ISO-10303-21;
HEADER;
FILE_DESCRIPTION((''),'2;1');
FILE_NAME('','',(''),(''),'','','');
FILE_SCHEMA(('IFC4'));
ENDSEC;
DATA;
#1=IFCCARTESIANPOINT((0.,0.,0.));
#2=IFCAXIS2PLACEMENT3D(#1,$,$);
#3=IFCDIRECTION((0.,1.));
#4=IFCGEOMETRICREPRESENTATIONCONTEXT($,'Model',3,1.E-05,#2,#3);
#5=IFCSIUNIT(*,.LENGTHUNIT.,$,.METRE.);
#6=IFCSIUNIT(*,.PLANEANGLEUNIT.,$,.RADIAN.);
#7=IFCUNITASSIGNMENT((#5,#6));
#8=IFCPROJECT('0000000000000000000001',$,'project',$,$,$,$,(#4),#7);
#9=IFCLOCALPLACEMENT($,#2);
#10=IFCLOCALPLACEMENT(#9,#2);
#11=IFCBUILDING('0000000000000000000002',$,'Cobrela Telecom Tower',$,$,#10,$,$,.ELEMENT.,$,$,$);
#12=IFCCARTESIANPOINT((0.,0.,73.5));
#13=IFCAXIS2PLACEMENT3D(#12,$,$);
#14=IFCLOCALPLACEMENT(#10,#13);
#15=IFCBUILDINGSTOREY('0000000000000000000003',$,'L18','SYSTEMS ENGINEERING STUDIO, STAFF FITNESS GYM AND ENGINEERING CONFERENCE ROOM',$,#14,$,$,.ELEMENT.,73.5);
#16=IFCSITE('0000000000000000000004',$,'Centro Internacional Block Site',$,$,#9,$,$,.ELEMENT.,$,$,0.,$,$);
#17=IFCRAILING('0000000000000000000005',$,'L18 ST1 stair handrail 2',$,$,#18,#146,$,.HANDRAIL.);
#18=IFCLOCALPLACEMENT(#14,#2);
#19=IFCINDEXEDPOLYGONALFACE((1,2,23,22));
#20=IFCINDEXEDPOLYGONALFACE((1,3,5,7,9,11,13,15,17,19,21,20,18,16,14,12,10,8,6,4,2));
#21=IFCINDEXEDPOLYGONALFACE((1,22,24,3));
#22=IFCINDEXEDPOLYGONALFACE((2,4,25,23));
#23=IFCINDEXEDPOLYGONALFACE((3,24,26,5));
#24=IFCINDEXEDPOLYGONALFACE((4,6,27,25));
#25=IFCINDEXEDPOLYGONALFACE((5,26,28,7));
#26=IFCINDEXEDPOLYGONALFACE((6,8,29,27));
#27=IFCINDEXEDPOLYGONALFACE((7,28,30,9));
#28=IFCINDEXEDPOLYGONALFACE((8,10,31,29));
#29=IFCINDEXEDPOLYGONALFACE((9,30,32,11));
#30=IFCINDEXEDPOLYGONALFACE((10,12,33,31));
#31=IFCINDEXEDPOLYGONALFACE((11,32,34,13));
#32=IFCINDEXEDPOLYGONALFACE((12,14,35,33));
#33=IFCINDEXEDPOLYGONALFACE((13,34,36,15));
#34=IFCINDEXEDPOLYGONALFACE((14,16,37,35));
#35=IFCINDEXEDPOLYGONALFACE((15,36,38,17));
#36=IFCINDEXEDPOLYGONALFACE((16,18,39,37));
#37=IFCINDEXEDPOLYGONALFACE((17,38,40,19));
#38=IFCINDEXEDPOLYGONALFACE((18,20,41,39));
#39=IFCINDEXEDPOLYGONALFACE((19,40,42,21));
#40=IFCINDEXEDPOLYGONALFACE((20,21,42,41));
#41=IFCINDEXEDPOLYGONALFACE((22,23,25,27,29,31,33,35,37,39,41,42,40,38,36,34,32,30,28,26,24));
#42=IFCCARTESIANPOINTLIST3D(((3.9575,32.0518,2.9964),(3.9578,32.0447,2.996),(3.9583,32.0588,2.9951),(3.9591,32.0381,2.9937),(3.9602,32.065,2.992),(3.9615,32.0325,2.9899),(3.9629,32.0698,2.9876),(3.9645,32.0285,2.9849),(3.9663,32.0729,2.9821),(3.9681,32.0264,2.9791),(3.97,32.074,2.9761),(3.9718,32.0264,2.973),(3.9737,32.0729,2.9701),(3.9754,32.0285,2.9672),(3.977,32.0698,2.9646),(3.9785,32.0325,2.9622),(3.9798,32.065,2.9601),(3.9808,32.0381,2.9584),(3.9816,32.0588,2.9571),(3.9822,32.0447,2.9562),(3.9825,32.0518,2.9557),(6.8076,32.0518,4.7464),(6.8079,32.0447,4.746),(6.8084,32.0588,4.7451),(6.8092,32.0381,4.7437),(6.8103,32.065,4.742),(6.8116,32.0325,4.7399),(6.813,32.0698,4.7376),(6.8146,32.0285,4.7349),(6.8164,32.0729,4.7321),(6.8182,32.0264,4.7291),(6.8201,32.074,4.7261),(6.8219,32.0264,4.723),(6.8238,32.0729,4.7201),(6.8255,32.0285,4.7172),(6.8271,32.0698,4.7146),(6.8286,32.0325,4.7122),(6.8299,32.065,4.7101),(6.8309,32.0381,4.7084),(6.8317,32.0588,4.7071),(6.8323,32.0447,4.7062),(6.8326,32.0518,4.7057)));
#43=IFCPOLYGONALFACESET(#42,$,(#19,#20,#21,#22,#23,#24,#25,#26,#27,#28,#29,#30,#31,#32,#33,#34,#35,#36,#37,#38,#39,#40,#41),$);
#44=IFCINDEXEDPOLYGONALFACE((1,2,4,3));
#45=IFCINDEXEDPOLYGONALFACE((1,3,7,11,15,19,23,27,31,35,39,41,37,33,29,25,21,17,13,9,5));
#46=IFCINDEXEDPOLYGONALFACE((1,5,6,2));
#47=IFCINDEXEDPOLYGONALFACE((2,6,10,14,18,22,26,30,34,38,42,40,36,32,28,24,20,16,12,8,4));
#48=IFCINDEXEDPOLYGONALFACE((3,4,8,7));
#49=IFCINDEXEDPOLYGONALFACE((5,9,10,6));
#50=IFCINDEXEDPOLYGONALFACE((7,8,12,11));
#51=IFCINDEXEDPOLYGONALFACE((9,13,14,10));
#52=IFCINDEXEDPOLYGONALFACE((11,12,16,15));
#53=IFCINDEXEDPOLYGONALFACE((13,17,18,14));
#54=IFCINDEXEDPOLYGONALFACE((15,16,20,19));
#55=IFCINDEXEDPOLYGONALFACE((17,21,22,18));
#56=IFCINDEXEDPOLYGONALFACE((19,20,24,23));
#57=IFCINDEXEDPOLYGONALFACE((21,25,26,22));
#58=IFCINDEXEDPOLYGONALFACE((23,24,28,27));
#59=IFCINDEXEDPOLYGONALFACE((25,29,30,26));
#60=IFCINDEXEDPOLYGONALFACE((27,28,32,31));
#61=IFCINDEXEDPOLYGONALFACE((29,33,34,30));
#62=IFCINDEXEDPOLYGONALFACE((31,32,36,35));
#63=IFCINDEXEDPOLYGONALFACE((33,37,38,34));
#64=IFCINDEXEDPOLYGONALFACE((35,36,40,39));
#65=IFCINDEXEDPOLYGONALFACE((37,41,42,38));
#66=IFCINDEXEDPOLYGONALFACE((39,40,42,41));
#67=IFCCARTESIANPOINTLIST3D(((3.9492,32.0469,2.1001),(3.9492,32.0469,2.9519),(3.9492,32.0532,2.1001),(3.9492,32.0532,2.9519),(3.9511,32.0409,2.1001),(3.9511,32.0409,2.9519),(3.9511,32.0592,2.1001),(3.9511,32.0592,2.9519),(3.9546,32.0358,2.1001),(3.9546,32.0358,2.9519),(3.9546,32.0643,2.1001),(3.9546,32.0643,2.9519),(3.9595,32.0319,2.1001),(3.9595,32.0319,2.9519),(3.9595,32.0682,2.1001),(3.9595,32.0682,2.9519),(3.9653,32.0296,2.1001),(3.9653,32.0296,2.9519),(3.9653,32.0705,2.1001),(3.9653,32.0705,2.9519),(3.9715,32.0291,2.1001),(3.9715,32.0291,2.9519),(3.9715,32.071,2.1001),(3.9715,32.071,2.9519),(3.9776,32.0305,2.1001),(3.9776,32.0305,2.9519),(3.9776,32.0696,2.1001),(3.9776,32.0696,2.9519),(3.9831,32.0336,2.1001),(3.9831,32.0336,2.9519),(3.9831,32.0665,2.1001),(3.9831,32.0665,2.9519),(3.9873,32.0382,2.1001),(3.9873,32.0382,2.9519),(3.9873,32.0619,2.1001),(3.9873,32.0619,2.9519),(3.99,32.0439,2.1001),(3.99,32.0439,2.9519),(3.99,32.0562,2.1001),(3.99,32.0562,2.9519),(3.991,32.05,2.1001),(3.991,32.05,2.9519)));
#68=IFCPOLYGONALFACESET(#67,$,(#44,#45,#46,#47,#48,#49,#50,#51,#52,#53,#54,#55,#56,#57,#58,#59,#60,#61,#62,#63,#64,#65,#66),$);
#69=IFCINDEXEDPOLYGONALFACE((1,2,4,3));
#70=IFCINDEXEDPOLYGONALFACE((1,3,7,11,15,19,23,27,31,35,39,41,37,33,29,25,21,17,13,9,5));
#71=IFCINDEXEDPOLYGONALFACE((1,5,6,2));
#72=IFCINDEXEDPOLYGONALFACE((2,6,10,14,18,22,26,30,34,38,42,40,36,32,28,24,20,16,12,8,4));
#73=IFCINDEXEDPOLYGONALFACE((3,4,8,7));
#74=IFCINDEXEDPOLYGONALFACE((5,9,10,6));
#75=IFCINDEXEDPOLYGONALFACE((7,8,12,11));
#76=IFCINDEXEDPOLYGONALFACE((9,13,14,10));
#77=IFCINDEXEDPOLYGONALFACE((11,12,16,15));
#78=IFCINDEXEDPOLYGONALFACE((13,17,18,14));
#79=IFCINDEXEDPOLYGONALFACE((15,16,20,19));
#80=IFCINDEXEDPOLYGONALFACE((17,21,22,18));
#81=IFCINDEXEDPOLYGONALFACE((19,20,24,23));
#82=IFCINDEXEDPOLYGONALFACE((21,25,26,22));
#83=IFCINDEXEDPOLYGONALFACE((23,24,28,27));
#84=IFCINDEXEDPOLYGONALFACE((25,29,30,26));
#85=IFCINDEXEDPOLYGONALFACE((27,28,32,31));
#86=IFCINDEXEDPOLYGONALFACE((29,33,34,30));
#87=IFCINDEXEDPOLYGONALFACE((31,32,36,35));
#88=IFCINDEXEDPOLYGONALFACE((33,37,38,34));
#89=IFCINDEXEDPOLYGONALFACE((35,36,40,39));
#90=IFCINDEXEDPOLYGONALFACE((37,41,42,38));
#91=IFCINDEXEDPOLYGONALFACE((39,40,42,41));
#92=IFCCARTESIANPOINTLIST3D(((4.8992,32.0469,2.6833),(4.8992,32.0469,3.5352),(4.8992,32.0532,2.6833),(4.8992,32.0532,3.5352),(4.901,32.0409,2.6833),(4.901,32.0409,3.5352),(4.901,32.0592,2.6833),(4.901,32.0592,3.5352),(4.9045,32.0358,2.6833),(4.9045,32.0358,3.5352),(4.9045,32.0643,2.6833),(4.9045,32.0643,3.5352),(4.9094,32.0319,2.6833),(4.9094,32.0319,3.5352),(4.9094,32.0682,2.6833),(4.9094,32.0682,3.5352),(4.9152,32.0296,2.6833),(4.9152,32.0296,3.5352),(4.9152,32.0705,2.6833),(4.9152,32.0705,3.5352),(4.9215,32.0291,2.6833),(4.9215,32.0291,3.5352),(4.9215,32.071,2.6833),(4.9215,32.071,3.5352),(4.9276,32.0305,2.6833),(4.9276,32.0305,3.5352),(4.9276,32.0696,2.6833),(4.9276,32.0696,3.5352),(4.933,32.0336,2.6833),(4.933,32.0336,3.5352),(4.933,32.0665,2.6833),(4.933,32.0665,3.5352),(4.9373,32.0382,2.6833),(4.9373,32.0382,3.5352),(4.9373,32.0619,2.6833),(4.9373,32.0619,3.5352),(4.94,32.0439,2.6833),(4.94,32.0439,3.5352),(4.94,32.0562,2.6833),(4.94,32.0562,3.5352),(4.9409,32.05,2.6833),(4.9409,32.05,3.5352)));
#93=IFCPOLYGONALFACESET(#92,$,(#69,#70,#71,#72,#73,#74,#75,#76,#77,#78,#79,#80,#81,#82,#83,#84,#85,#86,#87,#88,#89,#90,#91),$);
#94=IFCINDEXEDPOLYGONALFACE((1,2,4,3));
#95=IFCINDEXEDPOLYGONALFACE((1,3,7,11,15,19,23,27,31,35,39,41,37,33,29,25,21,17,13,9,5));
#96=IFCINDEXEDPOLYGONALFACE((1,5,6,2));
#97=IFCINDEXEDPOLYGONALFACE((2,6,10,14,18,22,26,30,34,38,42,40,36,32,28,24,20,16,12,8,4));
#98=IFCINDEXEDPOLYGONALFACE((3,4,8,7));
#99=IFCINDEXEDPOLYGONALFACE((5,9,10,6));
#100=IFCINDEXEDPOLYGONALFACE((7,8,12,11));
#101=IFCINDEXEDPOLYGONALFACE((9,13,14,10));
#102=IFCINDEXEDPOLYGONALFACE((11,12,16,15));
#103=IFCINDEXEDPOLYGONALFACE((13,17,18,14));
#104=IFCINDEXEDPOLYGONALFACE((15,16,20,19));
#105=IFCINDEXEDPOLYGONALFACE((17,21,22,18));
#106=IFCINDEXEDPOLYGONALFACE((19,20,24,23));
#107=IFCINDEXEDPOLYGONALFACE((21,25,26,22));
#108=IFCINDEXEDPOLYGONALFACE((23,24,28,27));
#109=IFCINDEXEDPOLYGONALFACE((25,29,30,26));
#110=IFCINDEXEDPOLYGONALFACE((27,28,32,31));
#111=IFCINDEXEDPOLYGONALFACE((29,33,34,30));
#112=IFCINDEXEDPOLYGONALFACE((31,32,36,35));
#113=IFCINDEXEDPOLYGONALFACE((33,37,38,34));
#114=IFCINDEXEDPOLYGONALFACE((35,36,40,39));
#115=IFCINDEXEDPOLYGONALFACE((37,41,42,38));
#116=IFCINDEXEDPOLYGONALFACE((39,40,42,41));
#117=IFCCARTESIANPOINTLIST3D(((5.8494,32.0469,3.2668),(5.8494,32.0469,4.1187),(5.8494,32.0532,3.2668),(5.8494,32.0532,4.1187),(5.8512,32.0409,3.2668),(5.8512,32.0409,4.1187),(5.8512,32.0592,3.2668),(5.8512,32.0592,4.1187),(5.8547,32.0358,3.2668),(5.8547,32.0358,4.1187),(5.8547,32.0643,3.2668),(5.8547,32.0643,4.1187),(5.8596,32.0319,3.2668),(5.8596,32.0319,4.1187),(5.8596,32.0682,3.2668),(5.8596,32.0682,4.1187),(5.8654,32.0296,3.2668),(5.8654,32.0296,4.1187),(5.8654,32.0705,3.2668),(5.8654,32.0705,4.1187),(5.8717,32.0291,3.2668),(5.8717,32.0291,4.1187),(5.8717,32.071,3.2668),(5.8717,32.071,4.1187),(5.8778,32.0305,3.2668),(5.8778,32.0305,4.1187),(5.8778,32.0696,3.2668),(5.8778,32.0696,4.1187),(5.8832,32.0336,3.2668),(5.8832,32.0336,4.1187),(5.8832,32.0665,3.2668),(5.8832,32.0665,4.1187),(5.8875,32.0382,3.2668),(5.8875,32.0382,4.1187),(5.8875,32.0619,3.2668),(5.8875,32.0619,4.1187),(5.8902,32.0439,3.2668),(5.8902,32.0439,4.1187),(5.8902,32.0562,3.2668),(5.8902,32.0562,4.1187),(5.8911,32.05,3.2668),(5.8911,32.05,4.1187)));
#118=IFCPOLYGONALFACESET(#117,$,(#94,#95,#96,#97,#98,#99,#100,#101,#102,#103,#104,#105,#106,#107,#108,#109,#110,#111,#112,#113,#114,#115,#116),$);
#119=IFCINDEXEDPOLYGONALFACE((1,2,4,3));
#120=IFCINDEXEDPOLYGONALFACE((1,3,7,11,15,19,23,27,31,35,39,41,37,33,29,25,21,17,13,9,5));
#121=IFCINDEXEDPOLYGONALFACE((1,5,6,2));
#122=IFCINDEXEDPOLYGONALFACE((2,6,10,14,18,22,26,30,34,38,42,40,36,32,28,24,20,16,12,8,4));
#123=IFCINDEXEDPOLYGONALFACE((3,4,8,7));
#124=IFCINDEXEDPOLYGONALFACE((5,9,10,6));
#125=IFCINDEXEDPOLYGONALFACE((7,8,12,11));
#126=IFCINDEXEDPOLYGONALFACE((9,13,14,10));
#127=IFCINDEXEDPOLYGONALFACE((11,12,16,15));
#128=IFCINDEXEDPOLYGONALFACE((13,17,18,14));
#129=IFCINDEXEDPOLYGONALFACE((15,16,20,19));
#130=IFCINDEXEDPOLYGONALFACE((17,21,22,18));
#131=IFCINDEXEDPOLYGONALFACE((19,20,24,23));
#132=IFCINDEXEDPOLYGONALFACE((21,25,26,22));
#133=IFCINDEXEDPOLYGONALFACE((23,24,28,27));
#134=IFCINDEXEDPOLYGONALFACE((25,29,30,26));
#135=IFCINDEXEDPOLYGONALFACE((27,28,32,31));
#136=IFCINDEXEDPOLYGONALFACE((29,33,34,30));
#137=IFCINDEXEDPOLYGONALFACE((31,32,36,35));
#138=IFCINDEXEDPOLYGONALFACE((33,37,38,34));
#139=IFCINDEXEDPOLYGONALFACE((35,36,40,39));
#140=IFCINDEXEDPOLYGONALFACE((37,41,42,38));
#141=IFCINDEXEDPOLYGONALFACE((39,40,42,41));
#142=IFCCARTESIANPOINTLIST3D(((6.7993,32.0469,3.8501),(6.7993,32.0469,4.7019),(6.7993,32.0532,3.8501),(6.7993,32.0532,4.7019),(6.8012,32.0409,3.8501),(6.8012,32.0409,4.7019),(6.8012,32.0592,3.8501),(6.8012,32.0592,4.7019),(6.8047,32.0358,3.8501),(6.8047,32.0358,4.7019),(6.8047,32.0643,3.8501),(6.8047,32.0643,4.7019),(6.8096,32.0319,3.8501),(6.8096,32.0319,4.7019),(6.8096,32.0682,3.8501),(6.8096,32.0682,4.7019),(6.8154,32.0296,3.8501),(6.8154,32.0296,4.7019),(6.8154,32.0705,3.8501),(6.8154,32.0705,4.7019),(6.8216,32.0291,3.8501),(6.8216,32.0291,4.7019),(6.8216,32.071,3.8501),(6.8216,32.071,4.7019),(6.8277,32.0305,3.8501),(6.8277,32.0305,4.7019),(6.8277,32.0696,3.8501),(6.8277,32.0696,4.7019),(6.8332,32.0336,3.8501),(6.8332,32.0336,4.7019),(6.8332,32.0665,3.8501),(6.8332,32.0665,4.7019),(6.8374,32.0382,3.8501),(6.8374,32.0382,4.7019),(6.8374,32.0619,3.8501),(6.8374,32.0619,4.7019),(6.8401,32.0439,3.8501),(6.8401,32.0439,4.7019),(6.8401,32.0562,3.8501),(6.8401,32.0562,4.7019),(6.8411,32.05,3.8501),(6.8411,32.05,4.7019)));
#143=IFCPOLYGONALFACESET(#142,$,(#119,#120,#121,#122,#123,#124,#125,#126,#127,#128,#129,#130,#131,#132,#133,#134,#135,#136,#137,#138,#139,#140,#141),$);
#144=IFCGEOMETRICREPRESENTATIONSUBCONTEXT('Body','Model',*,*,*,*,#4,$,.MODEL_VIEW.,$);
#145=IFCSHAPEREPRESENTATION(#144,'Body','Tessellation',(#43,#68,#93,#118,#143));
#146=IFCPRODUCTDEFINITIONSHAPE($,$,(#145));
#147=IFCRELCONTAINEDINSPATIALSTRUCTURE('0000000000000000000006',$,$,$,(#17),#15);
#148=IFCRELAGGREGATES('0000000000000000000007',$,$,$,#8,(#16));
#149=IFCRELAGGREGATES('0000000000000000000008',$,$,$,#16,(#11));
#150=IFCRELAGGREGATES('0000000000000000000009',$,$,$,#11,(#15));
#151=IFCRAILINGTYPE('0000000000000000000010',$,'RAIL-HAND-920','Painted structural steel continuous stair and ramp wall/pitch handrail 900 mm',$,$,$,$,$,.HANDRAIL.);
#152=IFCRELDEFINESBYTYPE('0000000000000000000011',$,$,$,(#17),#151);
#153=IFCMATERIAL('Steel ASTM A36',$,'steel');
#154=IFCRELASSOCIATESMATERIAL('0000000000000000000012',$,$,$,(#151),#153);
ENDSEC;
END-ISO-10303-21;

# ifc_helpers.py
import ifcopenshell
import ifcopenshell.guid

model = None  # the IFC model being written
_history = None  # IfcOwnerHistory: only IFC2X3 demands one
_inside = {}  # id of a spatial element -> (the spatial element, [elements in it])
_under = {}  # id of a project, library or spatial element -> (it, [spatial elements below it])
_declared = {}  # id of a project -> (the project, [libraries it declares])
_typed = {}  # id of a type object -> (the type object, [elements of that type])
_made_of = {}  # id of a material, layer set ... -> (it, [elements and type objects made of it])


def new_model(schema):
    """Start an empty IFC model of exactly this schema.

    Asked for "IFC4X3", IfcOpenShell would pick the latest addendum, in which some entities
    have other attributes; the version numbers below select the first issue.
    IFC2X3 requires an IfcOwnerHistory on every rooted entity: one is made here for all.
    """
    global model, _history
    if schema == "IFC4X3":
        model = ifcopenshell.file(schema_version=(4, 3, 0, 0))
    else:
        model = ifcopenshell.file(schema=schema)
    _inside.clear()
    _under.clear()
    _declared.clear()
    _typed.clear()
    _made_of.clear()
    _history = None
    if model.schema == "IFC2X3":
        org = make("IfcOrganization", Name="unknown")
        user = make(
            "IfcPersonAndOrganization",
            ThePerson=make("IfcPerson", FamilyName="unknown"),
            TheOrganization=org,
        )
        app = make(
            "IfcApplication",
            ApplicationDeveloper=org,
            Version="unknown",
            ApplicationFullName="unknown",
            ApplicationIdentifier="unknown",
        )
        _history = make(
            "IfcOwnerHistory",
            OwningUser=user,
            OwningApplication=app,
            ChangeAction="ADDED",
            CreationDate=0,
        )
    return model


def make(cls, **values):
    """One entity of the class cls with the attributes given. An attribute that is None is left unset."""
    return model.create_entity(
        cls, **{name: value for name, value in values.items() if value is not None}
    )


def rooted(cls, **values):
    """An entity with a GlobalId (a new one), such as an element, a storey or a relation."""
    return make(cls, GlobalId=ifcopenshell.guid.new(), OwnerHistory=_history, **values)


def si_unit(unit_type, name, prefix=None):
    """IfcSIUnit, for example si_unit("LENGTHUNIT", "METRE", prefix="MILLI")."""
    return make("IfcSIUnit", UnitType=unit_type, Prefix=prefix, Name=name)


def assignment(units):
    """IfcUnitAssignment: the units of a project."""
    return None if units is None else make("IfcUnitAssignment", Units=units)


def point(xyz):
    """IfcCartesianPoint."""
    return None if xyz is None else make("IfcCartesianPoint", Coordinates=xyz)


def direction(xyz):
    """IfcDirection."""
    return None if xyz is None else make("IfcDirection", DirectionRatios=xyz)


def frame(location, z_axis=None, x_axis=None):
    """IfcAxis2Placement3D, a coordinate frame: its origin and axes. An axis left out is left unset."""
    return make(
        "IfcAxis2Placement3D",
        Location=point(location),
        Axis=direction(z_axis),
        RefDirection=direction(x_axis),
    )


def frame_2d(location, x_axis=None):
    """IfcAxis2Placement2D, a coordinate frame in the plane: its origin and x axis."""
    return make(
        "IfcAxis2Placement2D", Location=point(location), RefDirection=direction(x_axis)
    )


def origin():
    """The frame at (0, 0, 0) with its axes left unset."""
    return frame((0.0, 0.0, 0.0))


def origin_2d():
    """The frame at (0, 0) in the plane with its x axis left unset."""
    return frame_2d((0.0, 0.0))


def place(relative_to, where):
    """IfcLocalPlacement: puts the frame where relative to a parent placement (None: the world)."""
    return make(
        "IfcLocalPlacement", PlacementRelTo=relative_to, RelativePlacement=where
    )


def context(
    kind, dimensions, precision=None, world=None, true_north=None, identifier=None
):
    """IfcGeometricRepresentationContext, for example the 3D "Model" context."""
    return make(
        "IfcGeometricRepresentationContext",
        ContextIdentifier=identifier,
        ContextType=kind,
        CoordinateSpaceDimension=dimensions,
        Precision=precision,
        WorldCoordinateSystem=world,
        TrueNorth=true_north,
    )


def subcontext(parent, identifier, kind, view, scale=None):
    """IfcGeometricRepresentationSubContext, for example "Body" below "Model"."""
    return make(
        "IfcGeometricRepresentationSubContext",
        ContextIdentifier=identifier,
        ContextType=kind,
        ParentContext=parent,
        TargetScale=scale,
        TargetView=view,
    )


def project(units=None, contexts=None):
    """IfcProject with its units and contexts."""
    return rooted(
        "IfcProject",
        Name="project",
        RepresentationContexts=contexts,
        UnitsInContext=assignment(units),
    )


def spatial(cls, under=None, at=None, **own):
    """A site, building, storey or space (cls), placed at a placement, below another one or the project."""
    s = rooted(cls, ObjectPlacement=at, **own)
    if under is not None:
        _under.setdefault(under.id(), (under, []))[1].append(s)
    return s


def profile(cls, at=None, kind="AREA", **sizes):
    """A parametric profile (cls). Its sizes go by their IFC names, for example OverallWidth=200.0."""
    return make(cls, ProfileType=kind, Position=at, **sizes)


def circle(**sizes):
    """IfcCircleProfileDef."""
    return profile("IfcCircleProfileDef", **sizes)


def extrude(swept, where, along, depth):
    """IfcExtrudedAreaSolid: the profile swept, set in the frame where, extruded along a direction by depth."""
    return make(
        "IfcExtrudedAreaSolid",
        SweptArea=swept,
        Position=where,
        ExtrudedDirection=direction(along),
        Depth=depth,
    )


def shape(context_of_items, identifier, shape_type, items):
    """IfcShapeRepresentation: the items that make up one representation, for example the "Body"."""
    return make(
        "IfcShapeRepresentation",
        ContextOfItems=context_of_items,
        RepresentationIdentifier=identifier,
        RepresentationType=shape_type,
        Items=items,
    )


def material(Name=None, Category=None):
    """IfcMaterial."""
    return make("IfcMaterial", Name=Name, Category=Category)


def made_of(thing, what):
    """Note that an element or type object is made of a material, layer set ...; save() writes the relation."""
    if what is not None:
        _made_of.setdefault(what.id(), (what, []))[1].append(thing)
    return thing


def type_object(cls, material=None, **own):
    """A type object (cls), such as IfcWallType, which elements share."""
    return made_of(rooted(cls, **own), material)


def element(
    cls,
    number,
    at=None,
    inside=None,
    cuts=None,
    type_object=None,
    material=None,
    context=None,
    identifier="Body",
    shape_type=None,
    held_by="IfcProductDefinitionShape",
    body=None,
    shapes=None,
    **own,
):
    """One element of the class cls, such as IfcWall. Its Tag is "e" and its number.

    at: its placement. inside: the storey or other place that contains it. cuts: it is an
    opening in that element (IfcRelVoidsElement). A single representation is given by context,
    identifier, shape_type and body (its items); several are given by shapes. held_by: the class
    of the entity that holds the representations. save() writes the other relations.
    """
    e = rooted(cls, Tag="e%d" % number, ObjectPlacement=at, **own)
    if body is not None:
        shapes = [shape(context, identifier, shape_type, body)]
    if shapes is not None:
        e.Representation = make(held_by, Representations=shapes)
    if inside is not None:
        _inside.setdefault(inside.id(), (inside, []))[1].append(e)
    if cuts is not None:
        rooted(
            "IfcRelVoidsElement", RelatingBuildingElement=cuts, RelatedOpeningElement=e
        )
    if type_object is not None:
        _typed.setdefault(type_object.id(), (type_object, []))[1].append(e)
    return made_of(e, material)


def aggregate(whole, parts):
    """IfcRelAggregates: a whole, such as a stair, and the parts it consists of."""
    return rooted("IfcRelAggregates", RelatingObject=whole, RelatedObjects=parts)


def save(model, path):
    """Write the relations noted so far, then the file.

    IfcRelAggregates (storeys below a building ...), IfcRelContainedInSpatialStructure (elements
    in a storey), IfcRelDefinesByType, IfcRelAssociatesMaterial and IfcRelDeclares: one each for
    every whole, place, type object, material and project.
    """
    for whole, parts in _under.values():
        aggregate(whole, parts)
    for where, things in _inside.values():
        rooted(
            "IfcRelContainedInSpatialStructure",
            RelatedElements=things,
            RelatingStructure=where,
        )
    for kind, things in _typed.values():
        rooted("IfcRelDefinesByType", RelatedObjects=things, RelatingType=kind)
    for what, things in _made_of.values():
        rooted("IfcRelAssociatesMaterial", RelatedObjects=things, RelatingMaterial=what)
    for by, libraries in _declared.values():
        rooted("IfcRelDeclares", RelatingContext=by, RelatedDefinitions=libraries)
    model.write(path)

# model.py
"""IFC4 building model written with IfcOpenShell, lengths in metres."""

from ifc_helpers import new_model, si_unit, direction, frame, origin, origin_2d, place, context, subcontext, project, spatial, circle, extrude, material, type_object, element, save


model = new_model("IFC4")

# Units and contexts
model_context = context("Model", 3, precision=1e-05, world=origin(), true_north=direction((0.0, 1.0)))
body_context = subcontext(model_context, "Body", "Model", "MODEL_VIEW")
ifc_project = project(units=[si_unit("LENGTHUNIT", "METRE"), si_unit("PLANEANGLEUNIT", "RADIAN")], contexts=[model_context])

# Site, building, storey
site_placement = place(None, origin())
site = spatial("IfcSite", under=ifc_project, at=site_placement, Name="Centro Internacional Block Site", CompositionType="ELEMENT", RefElevation=0.0)
building_placement = place(site_placement, origin())
building = spatial("IfcBuilding", under=site, at=building_placement, Name="Cobrela Telecom Tower", CompositionType="ELEMENT")
storey_placement = place(building_placement, frame((0.0, 0.0, 73.5)))
storey = spatial("IfcBuildingStorey", under=building, at=storey_placement, Name="L18", Description="SYSTEMS ENGINEERING STUDIO, STAFF FITNESS GYM AND ENGINEERING CONFERENCE ROOM", CompositionType="ELEMENT", Elevation=73.5)

# Shared definitions
ifc_material_1 = material(Name="Steel ASTM A36", Category="steel")

# Railing
railing_type_1 = type_object("IfcRailingType", Name="RAIL-HAND-920", Description="Painted structural steel continuous stair and ramp wall/pitch handrail 900 mm", PredefinedType="HANDRAIL", material=ifc_material_1)
railing_1_placement = place(storey_placement, frame((3.97, 32.05, 2.1001)))
element("IfcRailing", 1, at=railing_1_placement, inside=storey, type_object=railing_type_1, Name="L18 ST1 stair handrail 2", PredefinedType="HANDRAIL", context=body_context, shape_type="SweptSolid", body=[
    extrude(circle(Radius=0.0239, at=origin_2d()), frame((0.0, 0.0, 0.876), z_axis=(0.852179, 0.0, 0.52325), x_axis=(0.0, 1.0, 0.0)), (0.0, 0.0, 1.0), 3.3445),
    extrude(circle(Radius=0.021, at=origin_2d()), origin(), (0.0, 0.0, 1.0), 0.8518),
    extrude(circle(Radius=0.021, at=origin_2d()), frame((0.95, 0.0, 0.5833)), (0.0, 0.0, 1.0), 0.8518),
    extrude(circle(Radius=0.021, at=origin_2d()), frame((1.9001, 0.0, 1.1667)), (0.0, 0.0, 1.0), 0.8518),
    extrude(circle(Radius=0.021, at=origin_2d()), frame((2.8501, 0.0, 1.75)), (0.0, 0.0, 1.0), 0.8518),
])

save(model, "model.ifc")
